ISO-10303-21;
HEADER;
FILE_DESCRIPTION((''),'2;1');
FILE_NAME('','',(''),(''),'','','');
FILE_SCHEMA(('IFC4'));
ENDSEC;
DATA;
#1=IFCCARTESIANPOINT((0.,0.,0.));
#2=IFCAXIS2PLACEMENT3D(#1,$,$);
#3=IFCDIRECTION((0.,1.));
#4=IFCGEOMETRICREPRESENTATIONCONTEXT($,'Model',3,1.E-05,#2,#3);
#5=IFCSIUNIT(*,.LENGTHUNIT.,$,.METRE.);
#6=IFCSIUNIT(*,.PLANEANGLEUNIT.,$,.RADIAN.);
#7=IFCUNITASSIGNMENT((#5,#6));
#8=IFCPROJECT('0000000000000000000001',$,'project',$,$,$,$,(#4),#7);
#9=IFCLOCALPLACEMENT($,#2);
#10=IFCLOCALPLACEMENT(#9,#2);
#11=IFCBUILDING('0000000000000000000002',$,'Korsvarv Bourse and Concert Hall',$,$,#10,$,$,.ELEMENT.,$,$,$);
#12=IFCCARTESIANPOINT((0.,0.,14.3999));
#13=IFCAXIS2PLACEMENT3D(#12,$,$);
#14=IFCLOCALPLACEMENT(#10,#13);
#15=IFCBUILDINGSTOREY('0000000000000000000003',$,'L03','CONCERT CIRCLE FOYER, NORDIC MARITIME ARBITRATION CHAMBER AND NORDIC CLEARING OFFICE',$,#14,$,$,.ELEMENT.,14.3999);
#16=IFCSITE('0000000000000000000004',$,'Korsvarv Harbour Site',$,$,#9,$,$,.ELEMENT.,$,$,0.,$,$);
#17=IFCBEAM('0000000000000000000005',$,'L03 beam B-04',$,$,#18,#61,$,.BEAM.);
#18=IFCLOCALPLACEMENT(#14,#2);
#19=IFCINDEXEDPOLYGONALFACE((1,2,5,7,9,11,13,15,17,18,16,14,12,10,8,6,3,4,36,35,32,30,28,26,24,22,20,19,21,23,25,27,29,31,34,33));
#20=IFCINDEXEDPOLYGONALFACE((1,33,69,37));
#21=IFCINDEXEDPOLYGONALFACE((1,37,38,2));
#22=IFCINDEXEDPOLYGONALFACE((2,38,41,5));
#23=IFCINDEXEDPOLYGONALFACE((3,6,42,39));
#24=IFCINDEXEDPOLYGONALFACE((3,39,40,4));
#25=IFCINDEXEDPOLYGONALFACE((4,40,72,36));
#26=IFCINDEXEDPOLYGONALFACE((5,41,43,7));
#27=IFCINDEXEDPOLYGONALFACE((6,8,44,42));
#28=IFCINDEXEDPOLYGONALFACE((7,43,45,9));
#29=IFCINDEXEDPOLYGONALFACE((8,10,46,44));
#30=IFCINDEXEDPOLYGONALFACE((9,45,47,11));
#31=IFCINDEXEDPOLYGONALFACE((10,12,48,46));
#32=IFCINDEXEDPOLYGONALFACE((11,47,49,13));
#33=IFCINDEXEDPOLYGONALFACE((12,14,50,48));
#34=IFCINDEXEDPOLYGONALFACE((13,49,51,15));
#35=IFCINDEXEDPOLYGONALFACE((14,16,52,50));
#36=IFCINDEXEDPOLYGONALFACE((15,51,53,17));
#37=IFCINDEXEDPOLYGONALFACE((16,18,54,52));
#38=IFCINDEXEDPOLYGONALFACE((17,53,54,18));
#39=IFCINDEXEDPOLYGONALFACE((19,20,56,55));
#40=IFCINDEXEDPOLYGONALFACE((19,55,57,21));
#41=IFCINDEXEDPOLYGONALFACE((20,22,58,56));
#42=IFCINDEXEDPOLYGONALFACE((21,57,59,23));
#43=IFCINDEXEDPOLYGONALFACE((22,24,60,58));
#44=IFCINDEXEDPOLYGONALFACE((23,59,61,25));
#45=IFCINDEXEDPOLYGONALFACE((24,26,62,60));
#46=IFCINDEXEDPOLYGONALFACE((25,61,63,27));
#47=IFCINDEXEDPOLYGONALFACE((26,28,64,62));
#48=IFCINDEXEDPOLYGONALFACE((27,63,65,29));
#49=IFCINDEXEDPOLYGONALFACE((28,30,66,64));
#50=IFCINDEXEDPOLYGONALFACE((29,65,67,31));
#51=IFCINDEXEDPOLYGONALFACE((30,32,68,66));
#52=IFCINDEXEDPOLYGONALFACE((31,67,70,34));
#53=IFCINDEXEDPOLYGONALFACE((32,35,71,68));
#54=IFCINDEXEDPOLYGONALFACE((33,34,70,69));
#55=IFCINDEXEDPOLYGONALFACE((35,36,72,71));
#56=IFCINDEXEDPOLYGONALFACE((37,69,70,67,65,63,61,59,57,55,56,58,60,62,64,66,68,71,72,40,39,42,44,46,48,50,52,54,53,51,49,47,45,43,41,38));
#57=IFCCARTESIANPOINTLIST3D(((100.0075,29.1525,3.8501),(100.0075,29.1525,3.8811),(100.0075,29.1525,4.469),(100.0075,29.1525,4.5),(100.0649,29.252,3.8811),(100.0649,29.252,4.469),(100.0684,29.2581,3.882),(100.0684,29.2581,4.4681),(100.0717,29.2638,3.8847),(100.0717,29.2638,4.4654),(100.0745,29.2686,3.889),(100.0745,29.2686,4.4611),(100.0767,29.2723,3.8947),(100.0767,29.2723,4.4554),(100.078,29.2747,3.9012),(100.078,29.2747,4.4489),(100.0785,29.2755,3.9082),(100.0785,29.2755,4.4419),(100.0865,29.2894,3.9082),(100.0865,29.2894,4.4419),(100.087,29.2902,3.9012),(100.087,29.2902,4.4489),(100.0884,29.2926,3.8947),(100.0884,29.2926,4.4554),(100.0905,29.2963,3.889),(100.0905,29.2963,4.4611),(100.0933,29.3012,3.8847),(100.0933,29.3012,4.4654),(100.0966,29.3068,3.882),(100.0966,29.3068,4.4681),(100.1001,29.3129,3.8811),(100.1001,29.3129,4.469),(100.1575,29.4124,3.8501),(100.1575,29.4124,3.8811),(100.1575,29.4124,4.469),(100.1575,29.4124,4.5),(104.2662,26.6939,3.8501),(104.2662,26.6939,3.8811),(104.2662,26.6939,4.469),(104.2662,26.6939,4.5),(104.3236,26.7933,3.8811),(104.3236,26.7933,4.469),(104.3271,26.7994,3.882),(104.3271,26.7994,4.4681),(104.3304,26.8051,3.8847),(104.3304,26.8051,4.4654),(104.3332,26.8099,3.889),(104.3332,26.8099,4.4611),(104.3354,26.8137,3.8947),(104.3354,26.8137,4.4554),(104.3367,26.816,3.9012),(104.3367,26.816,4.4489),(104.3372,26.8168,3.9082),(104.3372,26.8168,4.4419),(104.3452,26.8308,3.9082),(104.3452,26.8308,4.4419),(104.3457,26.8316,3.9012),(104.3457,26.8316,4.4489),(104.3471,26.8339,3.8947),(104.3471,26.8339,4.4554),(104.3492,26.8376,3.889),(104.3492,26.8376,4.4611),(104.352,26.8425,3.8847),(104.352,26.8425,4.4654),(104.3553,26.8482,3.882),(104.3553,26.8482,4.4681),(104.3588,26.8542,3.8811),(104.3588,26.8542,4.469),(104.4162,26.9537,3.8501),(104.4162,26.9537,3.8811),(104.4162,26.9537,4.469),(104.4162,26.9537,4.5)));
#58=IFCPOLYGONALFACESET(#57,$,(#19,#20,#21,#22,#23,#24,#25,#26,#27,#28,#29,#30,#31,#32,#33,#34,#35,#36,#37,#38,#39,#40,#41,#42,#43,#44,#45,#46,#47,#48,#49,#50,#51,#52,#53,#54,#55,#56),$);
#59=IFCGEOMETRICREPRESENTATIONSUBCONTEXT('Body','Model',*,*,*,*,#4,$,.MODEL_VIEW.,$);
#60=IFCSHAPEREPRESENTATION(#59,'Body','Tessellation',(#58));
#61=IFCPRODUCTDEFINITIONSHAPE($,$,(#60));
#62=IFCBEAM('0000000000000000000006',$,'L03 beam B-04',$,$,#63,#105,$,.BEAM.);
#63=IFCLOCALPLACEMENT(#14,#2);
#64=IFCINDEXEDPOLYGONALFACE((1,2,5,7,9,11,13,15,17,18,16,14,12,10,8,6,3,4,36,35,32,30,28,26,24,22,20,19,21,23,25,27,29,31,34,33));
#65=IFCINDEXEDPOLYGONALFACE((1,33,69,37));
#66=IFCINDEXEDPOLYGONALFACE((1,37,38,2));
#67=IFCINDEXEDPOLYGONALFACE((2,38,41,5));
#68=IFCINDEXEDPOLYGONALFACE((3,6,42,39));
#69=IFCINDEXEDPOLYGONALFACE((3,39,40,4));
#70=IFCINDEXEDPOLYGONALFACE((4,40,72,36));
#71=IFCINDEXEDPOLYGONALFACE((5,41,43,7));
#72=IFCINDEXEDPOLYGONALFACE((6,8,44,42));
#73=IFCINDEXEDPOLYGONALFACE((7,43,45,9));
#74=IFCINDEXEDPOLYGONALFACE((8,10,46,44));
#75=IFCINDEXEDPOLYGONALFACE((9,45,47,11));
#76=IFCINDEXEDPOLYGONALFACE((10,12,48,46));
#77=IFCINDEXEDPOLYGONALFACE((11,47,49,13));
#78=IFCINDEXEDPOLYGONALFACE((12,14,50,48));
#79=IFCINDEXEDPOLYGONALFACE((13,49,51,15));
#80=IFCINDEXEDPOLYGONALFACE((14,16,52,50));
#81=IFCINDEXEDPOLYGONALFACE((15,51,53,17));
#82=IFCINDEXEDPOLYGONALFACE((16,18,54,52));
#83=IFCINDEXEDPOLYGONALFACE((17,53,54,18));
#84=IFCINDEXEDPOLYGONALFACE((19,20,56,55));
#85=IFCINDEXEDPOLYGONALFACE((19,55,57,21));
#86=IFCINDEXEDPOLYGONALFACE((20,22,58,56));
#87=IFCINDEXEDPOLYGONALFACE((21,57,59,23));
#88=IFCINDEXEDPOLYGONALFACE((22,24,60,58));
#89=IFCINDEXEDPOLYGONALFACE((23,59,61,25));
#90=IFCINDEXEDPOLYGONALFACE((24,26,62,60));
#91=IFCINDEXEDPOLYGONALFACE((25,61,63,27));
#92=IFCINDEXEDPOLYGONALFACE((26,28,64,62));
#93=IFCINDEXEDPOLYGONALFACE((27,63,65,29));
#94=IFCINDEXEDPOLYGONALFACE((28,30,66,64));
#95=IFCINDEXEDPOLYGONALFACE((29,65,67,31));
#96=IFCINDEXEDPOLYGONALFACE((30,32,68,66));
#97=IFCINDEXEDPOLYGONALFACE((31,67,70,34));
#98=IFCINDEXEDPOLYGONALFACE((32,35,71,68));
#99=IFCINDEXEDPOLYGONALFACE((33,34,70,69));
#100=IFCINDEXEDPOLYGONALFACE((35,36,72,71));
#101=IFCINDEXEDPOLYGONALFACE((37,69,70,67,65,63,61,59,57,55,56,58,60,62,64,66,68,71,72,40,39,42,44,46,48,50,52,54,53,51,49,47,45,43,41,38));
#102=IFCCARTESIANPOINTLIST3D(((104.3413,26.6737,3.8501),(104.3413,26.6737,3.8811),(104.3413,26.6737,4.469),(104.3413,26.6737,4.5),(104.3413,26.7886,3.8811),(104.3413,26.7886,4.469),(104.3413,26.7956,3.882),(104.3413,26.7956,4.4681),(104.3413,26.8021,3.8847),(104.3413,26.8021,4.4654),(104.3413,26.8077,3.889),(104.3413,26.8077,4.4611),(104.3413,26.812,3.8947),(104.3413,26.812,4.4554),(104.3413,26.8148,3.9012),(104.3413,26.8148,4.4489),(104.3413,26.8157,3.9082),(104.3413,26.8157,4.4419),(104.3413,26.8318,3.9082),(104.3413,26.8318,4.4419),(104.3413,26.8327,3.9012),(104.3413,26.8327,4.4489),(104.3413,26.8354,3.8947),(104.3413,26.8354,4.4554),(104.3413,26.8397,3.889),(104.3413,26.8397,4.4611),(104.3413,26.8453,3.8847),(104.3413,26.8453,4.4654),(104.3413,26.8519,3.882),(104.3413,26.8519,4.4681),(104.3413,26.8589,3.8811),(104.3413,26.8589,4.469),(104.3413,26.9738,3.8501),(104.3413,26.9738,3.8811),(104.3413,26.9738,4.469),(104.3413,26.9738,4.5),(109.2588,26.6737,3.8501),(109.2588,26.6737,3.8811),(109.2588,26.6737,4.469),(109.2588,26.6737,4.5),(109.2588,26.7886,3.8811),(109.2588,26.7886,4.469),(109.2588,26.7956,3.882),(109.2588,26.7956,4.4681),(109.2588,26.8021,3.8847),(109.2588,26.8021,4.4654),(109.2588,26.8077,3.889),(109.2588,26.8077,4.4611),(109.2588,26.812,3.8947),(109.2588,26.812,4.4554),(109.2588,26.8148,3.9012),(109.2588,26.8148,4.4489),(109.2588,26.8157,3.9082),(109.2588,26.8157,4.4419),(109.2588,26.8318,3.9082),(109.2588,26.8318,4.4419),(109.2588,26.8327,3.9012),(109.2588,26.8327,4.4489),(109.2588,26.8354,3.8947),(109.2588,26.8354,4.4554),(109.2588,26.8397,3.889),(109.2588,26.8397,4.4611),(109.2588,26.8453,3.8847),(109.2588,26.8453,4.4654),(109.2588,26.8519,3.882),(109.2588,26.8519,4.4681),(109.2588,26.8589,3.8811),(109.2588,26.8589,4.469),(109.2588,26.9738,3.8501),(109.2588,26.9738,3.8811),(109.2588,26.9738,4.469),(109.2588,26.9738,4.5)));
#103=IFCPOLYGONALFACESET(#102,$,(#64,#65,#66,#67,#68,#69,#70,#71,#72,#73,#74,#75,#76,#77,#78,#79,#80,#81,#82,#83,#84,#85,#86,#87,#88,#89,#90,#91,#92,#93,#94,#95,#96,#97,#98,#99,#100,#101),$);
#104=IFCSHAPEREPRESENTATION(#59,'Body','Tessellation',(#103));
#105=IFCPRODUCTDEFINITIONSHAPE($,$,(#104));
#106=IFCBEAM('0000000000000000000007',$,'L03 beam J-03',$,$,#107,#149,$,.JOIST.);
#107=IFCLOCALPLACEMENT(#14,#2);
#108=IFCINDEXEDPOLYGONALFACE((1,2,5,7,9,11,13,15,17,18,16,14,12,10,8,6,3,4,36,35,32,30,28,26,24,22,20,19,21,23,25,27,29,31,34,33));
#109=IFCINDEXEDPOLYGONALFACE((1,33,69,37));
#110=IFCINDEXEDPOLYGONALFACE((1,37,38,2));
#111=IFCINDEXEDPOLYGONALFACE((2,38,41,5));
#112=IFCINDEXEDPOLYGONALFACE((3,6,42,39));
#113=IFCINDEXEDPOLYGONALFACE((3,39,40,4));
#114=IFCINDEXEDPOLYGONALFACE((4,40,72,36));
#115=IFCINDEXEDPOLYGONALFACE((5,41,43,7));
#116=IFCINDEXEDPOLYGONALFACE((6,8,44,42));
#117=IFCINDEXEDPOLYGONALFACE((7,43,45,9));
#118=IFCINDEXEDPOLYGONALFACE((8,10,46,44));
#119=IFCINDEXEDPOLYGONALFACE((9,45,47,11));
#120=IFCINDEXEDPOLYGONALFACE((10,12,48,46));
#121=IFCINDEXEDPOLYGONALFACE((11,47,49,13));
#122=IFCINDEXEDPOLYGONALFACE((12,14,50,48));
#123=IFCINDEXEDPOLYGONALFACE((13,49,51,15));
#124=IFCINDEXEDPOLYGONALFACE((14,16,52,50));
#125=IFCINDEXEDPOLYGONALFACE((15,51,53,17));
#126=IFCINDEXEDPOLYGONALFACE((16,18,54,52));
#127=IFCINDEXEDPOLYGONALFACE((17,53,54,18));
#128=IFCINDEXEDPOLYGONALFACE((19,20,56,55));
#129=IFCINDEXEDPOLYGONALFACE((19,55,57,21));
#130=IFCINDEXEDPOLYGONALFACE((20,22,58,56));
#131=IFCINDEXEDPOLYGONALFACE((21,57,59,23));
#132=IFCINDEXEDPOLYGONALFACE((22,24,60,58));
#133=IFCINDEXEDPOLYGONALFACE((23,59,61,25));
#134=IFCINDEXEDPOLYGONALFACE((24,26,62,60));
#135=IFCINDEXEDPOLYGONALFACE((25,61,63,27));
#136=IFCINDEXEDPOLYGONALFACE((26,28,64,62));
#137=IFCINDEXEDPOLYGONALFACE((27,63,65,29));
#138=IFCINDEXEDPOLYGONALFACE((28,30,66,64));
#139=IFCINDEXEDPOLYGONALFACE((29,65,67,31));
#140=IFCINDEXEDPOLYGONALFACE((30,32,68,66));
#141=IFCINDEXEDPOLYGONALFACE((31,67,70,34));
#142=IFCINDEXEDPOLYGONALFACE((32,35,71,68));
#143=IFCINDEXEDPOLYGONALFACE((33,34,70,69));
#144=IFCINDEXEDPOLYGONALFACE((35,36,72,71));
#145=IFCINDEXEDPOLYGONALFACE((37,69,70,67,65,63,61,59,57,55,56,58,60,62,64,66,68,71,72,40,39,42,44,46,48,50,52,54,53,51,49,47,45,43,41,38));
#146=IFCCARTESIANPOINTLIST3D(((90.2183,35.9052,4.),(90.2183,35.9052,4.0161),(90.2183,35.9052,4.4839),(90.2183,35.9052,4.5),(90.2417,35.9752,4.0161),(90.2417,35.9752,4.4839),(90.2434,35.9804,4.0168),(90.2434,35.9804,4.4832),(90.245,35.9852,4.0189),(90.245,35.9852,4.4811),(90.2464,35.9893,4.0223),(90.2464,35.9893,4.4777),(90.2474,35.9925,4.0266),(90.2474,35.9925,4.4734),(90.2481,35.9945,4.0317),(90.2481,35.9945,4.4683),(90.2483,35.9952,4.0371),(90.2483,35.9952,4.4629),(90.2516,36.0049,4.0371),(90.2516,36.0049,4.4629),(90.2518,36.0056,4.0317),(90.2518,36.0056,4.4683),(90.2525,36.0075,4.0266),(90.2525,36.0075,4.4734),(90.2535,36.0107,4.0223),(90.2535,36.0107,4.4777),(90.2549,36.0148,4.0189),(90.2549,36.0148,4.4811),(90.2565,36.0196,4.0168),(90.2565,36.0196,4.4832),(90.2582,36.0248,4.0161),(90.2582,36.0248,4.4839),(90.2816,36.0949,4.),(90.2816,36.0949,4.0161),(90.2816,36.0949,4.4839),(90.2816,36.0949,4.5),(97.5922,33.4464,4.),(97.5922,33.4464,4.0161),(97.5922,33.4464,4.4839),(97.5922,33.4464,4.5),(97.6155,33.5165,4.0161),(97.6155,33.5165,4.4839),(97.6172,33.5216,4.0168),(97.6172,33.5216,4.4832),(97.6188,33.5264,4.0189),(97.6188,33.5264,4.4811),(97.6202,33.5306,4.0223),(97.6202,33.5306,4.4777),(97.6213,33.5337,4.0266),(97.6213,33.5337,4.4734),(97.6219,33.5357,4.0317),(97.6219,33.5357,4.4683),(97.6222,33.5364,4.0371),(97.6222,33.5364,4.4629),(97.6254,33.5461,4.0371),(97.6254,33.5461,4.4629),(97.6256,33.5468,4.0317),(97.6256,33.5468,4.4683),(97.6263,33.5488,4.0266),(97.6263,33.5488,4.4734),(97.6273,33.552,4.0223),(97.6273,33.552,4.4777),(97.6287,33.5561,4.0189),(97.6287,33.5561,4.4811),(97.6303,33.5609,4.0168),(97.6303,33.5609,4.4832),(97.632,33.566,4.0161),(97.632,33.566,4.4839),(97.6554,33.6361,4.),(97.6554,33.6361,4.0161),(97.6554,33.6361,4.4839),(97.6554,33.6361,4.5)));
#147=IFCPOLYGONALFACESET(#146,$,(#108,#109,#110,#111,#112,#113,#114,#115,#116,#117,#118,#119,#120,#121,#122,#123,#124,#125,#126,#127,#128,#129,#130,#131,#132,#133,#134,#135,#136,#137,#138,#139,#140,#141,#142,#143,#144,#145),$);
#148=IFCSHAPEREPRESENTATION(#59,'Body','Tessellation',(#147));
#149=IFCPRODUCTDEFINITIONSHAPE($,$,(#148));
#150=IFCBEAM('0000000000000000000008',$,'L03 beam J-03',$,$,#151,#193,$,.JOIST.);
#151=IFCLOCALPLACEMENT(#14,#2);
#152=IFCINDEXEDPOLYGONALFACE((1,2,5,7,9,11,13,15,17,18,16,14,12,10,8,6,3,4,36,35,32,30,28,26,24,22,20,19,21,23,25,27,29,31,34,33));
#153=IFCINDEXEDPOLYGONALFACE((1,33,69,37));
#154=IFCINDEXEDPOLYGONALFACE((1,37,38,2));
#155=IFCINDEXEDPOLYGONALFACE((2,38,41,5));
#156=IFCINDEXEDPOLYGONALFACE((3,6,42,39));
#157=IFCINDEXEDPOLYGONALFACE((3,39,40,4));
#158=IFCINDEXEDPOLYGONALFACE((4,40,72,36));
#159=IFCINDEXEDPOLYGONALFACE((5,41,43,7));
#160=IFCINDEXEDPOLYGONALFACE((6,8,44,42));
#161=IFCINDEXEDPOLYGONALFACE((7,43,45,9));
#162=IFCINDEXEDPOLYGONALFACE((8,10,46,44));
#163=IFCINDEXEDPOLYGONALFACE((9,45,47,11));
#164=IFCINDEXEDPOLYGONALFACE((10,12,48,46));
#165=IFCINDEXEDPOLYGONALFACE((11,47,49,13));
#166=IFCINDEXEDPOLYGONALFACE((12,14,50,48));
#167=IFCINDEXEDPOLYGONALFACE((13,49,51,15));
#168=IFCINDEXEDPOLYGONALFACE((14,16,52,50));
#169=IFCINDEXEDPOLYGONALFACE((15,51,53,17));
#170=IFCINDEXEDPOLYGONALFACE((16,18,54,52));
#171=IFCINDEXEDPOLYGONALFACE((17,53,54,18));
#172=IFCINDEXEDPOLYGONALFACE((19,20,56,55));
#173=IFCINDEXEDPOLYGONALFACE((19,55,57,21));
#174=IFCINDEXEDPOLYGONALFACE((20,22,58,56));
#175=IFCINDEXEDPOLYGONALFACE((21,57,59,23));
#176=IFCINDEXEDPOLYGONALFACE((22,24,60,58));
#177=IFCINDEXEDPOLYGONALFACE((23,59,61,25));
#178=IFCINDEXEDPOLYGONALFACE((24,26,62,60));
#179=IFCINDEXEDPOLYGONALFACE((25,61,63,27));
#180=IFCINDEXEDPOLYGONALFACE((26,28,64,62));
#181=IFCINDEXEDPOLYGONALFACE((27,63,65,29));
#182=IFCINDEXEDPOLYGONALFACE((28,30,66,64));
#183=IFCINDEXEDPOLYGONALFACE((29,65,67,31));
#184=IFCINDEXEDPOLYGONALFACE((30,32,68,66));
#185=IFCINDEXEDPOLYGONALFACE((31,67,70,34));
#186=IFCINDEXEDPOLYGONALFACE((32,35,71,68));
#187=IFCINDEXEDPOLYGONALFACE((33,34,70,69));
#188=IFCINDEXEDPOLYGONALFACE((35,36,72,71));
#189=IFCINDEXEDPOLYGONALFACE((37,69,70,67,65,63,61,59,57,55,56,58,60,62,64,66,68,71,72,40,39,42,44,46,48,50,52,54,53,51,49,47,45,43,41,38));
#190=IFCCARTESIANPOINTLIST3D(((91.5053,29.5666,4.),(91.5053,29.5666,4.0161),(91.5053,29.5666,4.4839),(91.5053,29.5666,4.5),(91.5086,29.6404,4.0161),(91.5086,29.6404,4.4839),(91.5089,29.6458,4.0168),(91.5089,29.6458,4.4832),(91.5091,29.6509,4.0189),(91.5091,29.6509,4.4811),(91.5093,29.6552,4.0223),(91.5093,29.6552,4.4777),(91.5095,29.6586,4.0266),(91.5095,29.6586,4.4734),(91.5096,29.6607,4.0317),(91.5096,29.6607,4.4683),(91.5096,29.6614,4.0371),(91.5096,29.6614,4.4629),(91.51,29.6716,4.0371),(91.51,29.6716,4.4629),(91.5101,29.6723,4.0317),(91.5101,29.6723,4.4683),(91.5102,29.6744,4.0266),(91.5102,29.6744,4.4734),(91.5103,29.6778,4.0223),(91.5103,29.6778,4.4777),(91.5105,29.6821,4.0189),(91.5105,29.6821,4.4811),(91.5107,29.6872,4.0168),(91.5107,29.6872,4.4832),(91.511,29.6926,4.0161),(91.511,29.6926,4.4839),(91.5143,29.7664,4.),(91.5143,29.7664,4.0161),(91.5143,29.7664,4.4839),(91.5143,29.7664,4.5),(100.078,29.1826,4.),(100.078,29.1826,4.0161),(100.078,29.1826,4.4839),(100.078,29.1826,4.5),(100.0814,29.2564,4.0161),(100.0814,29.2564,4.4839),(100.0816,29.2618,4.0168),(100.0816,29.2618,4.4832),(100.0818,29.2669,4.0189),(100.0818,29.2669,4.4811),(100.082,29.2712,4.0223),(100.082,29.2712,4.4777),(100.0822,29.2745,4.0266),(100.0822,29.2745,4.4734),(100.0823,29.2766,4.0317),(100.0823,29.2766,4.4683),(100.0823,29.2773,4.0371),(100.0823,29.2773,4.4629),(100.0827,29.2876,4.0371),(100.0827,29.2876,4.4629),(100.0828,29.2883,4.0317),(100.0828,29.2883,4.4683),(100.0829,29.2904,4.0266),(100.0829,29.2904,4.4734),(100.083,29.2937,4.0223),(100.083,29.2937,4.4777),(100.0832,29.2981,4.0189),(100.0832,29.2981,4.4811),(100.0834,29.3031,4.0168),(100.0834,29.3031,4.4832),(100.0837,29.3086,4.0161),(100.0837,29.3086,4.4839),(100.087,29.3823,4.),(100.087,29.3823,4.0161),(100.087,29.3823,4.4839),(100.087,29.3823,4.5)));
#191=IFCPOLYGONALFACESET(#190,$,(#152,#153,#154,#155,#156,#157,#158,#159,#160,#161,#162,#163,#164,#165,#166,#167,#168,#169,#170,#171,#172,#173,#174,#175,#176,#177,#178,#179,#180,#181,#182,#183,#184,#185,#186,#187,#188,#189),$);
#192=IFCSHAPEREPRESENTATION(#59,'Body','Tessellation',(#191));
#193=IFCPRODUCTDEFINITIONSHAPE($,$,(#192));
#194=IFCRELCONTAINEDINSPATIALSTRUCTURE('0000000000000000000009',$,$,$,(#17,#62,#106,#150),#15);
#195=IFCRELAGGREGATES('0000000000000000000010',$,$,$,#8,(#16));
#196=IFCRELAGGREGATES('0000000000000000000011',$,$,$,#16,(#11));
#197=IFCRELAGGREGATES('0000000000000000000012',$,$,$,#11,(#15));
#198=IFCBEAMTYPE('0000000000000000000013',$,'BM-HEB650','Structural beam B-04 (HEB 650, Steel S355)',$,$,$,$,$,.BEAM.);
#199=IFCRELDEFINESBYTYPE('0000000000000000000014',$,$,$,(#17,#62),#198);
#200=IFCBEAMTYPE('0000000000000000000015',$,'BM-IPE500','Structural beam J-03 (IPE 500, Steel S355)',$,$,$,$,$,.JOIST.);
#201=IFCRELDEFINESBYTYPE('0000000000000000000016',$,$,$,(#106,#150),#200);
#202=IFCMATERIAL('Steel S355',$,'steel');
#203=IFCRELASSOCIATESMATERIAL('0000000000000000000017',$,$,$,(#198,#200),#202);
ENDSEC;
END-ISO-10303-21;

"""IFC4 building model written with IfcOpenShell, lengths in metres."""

from ifc_helpers import new_model, si_unit, direction, frame, origin, origin_2d, place, context, subcontext, project, spatial, i_section, extrude, source, transform, mapped, material, material_profile, profile_set, type_object, element, save


model = new_model("IFC4")

# Units and contexts
model_context = context("Model", 3, precision=1e-05, world=origin(), true_north=direction((0.0, 1.0)))
body_context = subcontext(model_context, "Body", "Model", "MODEL_VIEW")
ifc_project = project(units=[si_unit("LENGTHUNIT", "METRE"), si_unit("PLANEANGLEUNIT", "RADIAN")], contexts=[model_context])

# Site, building, storey
site_placement = place(None, origin())
site = spatial("IfcSite", under=ifc_project, at=site_placement, Name="Korsvarv Harbour Site", CompositionType="ELEMENT", RefElevation=0.0)
building_placement = place(site_placement, origin())
building = spatial("IfcBuilding", under=site, at=building_placement, Name="Korsvarv Bourse and Concert Hall", CompositionType="ELEMENT")
storey_placement = place(building_placement, frame((0.0, 0.0, 14.3999)))
storey = spatial("IfcBuildingStorey", under=building, at=storey_placement, Name="L03", Description="CONCERT CIRCLE FOYER, NORDIC MARITIME ARBITRATION CHAMBER AND NORDIC CLEARING OFFICE", CompositionType="ELEMENT", Elevation=14.3999)

# Beams
ifc_material_1 = material(Name="Steel S355", Category="steel")
ifc_material_profile_1 = material_profile(ifc_material_1, i_section(OverallWidth=0.3, OverallDepth=0.6499, WebThickness=0.0161, FlangeThickness=0.031, FilletRadius=0.0271, at=origin_2d()), Name="HEB 650")
ifc_profile_set_1 = profile_set([ifc_material_profile_1], Name="Steel S355")
beam_type_1 = type_object("IfcBeamType", Name="BM-HEB650", Description="Structural beam B-04 (HEB 650, Steel S355)", PredefinedType="BEAM", material=ifc_profile_set_1)
shared_shape_1 = source(origin(), body_context, "Body", "SweptSolid", [
    extrude(i_section(OverallWidth=0.3, OverallDepth=0.6499, WebThickness=0.0161, FlangeThickness=0.031, FilletRadius=0.0271, at=origin_2d()), origin(), (0.0, 0.0, 1.0), 4.9175),
])
for number, where, z_axis, x_axis, name in (
    (1, (100.0825, 29.2825, 4.175), (0.866032, -0.499989, 0.0), (0.499989, 0.866032, 0.0), "L03 beam B-04"),
    (2, (104.3413, 26.8237, 4.175), (1.0, 0.0, 0.0), (0.0, 1.0, 0.0), "L03 beam B-04"),
):
    element("IfcBeam", number, at=place(storey_placement, frame(where, z_axis=z_axis, x_axis=x_axis)), inside=storey, type_object=beam_type_1, Name=name, PredefinedType="BEAM", context=body_context, shape_type="MappedRepresentation", body=[
        mapped(shared_shape_1, transform((0.0, 0.0, 0.0), scale=1.0)),
    ])
ifc_material_profile_2 = material_profile(ifc_material_1, i_section(OverallWidth=0.2, OverallDepth=0.5, WebThickness=0.0103, FlangeThickness=0.0161, FilletRadius=0.021, at=origin_2d()), Name="IPE 500")
ifc_profile_set_2 = profile_set([ifc_material_profile_2], Name="Steel S355")
beam_type_2 = type_object("IfcBeamType", Name="BM-IPE500", Description="Structural beam J-03 (IPE 500, Steel S355)", PredefinedType="JOIST", material=ifc_profile_set_2)
shared_shape_2 = source(origin(), body_context, "Body", "SweptSolid", [
    extrude(i_section(OverallWidth=0.2, OverallDepth=0.5, WebThickness=0.0103, FlangeThickness=0.0161, FilletRadius=0.021, at=origin_2d()), origin(), (0.0, 0.0, 1.0), 7.7729),
])
beam_1_placement = place(storey_placement, frame((97.6238, 33.5413, 4.25), z_axis=(-0.948652, 0.316322, 0.0), x_axis=(-0.316322, -0.948652, 0.0)))
element("IfcBeam", 3, at=beam_1_placement, inside=storey, type_object=beam_type_2, Name="L03 beam J-03", PredefinedType="JOIST", context=body_context, shape_type="MappedRepresentation", body=[
    mapped(shared_shape_2, transform((0.0, 0.0, 0.0), scale=1.0)),
])
shared_shape_3 = source(origin(), body_context, "Body", "SweptSolid", [
    extrude(i_section(OverallWidth=0.2, OverallDepth=0.5, WebThickness=0.0103, FlangeThickness=0.0161, FilletRadius=0.021, at=origin_2d()), origin(), (0.0, 0.0, 1.0), 8.5813),
])
beam_2_placement = place(storey_placement, frame((100.0825, 29.2825, 4.25), z_axis=(-0.998998, 0.044752, 0.0), x_axis=(-0.044752, -0.998998, 0.0)))
element("IfcBeam", 4, at=beam_2_placement, inside=storey, type_object=beam_type_2, Name="L03 beam J-03", PredefinedType="JOIST", context=body_context, shape_type="MappedRepresentation", body=[
    mapped(shared_shape_3, transform((0.0, 0.0, 0.0), scale=1.0)),
])

save(model, "model.ifc")
